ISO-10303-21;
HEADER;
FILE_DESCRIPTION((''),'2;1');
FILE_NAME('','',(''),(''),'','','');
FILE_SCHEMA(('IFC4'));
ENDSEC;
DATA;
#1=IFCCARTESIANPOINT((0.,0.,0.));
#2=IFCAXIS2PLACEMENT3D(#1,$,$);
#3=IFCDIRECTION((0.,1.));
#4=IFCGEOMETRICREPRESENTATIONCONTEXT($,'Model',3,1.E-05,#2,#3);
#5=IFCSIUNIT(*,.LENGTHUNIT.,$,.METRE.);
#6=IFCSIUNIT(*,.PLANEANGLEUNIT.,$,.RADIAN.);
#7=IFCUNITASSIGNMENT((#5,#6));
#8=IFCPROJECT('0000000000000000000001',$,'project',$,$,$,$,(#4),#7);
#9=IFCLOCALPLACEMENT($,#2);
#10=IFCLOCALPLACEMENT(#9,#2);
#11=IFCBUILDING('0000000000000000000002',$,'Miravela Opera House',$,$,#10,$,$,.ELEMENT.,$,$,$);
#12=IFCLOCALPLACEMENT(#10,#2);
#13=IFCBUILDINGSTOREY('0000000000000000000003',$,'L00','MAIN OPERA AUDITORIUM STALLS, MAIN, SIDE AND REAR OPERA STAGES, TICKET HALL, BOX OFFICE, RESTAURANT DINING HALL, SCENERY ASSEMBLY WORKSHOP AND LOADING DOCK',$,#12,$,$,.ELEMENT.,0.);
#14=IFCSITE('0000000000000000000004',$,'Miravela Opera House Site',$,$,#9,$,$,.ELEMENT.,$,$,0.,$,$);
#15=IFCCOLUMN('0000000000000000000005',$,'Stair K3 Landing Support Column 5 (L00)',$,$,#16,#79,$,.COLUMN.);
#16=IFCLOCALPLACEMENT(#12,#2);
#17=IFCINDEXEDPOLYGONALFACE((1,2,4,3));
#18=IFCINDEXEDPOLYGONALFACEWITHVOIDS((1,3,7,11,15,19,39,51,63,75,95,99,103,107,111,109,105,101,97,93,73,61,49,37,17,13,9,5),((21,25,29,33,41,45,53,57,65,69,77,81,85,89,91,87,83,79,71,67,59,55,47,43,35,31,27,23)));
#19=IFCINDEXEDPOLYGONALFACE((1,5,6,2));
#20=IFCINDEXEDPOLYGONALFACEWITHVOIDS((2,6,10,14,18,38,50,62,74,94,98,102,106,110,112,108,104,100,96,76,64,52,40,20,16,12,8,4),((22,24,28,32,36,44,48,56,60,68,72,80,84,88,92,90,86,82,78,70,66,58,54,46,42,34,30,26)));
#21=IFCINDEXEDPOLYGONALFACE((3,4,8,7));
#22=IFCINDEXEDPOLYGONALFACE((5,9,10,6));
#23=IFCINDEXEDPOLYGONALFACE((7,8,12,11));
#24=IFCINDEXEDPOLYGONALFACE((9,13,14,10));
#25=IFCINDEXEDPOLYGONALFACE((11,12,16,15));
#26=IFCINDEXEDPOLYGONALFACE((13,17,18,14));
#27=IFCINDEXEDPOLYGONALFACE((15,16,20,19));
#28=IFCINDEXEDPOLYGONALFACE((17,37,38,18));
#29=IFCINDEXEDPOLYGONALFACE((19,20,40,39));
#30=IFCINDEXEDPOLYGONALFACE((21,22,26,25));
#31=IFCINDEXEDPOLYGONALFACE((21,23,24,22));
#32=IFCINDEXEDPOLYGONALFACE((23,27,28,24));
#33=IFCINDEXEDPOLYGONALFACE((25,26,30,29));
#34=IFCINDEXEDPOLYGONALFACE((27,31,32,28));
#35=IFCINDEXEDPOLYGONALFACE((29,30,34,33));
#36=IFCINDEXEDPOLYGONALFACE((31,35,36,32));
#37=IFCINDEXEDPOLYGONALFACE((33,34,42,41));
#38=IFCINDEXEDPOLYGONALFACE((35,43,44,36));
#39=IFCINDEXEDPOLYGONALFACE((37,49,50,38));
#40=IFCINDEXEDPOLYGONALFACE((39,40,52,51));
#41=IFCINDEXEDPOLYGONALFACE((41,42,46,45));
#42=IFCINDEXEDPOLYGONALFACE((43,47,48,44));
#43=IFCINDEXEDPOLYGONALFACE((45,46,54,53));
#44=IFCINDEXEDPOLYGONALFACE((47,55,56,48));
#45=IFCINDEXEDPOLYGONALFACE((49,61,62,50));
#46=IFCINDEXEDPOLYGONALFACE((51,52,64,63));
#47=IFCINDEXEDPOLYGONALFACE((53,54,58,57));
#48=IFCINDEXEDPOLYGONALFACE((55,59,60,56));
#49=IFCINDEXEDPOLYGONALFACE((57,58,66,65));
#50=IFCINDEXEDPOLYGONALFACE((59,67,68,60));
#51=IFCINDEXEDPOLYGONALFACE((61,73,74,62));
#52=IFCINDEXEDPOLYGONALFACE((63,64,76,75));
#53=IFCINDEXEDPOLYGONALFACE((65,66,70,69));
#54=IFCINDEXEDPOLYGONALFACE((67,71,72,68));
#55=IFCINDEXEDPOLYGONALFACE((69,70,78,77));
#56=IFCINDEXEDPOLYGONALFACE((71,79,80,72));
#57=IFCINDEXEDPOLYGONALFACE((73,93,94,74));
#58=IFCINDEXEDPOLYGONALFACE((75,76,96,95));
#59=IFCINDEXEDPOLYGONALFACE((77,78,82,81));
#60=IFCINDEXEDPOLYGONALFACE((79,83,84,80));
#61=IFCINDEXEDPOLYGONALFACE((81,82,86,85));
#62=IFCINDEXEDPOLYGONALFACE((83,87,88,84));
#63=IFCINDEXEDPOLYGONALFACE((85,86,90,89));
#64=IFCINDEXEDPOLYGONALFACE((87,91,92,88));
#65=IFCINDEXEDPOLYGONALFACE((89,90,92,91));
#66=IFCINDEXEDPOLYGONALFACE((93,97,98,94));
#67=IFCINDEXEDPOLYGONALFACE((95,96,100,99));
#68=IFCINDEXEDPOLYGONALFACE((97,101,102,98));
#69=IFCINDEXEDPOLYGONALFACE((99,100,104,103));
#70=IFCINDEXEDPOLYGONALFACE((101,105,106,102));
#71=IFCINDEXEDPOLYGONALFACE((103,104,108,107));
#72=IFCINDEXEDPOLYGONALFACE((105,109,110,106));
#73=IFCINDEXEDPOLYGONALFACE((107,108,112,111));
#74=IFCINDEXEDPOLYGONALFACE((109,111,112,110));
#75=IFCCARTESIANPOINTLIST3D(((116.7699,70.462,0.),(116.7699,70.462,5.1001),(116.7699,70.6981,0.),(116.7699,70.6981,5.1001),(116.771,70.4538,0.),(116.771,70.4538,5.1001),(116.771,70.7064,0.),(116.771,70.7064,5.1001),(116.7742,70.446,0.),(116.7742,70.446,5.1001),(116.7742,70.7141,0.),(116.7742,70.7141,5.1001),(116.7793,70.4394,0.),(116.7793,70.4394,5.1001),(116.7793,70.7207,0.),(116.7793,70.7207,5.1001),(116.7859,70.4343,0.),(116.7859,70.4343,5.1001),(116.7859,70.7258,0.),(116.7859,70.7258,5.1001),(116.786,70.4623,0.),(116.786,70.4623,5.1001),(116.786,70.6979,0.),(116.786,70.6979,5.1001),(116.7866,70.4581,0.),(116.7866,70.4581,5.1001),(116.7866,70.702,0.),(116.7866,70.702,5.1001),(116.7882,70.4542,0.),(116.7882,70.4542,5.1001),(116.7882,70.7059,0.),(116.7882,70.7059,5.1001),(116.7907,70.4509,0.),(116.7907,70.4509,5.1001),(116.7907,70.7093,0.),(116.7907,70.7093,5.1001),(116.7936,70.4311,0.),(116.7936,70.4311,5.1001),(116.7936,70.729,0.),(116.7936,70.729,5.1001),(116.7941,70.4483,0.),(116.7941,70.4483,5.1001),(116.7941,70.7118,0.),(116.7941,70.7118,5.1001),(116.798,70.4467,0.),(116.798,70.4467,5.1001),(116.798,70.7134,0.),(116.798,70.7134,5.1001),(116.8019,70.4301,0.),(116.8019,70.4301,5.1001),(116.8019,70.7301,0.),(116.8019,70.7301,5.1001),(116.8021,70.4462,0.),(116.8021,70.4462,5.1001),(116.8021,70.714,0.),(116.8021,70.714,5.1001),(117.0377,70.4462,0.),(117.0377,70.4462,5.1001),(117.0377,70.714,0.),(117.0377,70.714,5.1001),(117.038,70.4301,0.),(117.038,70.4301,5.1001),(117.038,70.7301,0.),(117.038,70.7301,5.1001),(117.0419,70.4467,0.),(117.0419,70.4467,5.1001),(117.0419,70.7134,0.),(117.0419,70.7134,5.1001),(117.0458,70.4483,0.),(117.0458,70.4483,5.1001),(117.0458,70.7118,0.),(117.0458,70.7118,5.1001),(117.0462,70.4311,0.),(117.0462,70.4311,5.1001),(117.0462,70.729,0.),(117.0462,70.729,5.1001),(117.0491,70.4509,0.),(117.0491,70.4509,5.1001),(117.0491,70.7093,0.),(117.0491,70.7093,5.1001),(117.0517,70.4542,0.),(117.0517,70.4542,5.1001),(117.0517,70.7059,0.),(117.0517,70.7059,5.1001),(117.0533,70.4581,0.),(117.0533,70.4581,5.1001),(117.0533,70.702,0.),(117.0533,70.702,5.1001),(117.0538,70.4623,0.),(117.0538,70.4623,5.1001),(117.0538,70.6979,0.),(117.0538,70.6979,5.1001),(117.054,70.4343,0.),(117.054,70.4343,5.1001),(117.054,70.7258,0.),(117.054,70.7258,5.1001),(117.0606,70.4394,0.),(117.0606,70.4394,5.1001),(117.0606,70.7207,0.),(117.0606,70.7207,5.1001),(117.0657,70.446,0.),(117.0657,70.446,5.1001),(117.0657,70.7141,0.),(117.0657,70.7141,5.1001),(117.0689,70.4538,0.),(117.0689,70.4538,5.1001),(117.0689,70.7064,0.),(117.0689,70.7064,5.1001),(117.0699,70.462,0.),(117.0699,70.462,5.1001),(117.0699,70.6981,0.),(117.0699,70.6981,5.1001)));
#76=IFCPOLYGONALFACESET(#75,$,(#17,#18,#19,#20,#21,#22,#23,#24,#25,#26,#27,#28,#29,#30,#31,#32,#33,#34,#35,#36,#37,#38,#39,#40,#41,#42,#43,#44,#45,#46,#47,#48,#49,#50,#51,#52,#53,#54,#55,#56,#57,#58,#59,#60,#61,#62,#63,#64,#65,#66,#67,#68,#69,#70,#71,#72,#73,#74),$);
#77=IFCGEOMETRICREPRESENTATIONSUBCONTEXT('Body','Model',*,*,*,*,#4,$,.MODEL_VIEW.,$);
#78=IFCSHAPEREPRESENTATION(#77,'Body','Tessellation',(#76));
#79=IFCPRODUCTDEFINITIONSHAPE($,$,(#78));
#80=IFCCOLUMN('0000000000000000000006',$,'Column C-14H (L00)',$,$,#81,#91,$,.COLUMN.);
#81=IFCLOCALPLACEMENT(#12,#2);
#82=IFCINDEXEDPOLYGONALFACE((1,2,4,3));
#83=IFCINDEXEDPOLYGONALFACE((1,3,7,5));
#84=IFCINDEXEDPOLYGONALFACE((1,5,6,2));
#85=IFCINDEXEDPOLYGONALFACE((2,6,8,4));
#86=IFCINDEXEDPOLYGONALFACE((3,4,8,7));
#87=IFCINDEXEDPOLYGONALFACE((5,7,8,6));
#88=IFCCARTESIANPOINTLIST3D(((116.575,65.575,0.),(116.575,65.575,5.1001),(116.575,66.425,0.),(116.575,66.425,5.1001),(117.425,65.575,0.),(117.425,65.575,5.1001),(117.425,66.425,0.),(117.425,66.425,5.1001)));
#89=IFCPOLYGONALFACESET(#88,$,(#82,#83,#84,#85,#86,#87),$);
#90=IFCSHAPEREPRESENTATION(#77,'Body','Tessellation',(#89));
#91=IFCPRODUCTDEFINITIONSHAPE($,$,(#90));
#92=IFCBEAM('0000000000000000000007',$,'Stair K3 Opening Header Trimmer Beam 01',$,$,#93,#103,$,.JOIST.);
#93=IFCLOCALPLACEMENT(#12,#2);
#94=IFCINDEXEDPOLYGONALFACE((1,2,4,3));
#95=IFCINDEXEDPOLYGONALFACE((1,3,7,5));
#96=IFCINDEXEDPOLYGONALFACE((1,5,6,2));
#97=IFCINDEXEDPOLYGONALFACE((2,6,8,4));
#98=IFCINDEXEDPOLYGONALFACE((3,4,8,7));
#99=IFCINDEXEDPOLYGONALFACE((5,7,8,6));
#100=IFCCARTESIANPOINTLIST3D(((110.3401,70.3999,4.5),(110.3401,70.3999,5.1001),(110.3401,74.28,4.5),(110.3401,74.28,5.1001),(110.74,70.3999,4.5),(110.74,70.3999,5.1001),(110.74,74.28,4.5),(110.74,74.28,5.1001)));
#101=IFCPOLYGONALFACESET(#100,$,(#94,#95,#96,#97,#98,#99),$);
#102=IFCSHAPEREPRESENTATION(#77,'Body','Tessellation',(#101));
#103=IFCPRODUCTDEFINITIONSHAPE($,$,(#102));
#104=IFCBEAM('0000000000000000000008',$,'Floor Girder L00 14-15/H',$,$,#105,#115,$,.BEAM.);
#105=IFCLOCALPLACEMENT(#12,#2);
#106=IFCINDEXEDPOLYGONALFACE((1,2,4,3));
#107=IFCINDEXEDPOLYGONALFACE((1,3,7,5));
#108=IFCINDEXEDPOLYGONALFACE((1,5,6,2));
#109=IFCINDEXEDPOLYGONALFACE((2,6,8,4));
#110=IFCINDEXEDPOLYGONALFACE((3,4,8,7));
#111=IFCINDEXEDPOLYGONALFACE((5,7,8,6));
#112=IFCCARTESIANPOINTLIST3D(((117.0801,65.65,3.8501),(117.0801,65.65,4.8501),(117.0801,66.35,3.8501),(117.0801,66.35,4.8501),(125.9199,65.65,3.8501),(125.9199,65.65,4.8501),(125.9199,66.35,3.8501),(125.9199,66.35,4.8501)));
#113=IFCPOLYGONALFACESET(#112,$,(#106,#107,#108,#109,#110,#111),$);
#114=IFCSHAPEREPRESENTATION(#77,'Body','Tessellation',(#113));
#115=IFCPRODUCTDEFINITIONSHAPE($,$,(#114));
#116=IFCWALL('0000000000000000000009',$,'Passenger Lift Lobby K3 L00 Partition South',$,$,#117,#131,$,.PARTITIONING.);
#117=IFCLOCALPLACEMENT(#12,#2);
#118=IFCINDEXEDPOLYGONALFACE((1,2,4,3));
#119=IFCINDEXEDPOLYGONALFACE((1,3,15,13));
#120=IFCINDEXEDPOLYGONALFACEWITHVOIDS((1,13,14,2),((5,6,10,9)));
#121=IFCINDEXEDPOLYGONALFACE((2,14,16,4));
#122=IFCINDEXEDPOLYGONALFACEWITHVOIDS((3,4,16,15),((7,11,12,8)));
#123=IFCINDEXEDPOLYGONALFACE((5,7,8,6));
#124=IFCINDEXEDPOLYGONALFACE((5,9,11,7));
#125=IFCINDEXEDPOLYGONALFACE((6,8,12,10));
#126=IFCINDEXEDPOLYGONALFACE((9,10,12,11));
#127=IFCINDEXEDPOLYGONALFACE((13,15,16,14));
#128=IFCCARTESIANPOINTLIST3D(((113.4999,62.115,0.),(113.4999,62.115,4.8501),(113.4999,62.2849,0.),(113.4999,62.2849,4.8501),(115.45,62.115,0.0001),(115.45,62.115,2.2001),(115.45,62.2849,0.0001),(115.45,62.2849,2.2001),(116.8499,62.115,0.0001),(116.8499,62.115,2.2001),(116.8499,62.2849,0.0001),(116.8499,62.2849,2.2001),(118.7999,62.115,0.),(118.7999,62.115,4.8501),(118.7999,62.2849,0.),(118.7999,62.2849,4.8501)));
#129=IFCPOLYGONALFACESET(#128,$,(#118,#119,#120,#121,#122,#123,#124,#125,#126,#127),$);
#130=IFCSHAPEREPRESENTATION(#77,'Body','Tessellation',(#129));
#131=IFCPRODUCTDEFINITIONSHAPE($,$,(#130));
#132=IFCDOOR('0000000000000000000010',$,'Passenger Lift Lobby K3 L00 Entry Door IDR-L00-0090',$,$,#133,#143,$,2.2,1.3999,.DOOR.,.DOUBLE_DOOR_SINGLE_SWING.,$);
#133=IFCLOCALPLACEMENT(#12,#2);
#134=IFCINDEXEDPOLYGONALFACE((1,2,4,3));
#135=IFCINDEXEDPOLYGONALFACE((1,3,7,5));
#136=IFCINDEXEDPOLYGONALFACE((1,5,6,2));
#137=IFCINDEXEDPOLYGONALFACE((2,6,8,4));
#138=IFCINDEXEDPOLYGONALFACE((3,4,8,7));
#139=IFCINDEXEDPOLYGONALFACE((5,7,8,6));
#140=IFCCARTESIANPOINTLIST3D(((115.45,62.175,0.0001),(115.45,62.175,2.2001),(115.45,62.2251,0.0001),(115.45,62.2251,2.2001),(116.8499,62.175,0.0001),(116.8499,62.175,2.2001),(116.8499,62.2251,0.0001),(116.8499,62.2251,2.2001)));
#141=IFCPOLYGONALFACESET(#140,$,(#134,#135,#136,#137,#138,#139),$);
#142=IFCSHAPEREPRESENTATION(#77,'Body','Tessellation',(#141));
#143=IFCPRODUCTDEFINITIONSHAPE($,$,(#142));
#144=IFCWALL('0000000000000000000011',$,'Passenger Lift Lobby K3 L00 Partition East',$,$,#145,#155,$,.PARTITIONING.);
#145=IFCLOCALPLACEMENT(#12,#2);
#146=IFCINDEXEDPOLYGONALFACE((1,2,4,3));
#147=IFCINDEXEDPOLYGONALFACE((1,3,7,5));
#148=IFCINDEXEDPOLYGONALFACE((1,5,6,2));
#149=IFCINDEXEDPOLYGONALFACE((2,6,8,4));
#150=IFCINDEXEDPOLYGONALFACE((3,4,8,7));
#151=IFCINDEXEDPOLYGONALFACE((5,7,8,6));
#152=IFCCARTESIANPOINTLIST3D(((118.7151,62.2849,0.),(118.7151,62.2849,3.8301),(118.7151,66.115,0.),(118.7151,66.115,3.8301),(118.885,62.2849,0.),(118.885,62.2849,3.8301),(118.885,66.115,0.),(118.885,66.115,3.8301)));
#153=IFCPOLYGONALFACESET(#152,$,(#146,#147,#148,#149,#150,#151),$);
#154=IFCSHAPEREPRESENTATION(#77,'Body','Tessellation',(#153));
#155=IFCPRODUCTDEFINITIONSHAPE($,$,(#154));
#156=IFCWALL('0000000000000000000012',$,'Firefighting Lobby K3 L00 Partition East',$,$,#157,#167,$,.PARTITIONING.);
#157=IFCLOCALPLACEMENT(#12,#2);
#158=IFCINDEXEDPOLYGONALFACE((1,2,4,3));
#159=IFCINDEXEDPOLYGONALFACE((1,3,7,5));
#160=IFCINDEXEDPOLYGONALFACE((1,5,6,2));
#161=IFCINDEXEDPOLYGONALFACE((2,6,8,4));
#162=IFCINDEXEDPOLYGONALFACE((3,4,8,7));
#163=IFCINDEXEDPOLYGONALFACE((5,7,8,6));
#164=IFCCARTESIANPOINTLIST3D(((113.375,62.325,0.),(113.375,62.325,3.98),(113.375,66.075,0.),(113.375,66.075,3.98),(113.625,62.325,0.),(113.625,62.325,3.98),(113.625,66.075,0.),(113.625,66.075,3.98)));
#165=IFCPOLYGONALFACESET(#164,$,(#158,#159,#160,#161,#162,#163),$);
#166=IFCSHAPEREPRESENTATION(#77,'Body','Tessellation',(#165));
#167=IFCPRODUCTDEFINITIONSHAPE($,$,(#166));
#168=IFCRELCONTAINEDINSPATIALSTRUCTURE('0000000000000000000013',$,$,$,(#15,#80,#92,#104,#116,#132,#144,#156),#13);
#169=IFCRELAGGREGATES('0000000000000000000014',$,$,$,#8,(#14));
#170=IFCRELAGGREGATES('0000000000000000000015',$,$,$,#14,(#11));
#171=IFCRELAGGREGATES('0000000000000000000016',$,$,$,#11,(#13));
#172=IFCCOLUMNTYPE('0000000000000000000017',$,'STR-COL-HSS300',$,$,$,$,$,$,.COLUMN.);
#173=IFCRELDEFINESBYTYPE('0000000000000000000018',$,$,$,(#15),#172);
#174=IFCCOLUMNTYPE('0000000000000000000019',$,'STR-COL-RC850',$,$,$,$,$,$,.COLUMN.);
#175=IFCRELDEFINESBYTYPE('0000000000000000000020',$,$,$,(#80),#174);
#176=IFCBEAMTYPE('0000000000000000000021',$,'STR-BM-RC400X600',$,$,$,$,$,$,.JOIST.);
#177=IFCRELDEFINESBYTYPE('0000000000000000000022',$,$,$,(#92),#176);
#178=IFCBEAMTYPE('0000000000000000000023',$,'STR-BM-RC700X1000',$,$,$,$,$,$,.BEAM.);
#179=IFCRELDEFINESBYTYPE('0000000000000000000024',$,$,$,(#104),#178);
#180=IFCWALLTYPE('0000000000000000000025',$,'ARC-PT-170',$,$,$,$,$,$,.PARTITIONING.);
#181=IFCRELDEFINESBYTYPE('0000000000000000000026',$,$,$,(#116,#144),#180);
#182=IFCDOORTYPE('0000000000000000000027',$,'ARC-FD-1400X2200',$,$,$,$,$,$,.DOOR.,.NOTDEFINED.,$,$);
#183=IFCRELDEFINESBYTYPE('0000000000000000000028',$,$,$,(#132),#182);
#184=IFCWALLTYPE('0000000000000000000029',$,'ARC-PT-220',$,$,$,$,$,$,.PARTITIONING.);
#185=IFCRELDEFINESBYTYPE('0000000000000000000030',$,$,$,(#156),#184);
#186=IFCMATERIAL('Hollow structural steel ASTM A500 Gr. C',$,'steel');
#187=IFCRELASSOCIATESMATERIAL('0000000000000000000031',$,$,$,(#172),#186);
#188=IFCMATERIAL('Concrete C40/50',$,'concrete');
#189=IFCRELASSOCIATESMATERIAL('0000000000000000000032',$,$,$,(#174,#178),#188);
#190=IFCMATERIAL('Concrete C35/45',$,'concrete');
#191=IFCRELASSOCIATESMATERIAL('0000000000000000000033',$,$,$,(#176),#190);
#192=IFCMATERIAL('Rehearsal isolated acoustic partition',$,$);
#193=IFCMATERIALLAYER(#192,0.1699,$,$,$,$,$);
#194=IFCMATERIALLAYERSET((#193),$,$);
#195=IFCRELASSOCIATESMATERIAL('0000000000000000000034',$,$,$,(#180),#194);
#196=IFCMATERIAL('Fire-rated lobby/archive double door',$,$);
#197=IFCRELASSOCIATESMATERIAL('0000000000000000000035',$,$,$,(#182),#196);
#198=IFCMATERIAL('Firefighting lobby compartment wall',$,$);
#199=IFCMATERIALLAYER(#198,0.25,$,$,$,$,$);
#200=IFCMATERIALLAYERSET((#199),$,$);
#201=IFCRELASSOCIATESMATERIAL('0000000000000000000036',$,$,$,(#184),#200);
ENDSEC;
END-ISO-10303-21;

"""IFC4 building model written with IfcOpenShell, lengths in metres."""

from ifc_helpers import new_model, si_unit, direction, frame, frame_2d, origin, origin_2d, place, context, subcontext, project, spatial, rectangle, hollow_rectangle, extrude, material, layer, layer_set, material_profile, profile_set, type_object, element, fill, save


model = new_model("IFC4")

# Units and contexts
model_context = context("Model", 3, precision=1e-05, world=origin(), true_north=direction((0.0, 1.0)))
body_context = subcontext(model_context, "Body", "Model", "MODEL_VIEW")
ifc_project = project(units=[si_unit("LENGTHUNIT", "METRE"), si_unit("PLANEANGLEUNIT", "RADIAN")], contexts=[model_context])

# Site, building, storey
site_placement = place(None, origin())
site = spatial("IfcSite", under=ifc_project, at=site_placement, Name="Miravela Opera House Site", CompositionType="ELEMENT", RefElevation=0.0)
building_placement = place(site_placement, origin())
building = spatial("IfcBuilding", under=site, at=building_placement, Name="Miravela Opera House", CompositionType="ELEMENT")
storey_placement = place(building_placement, origin())
storey = spatial("IfcBuildingStorey", under=building, at=storey_placement, Name="L00", Description="MAIN OPERA AUDITORIUM STALLS, MAIN, SIDE AND REAR OPERA STAGES, TICKET HALL, BOX OFFICE, RESTAURANT DINING HALL, SCENERY ASSEMBLY WORKSHOP AND LOADING DOCK", CompositionType="ELEMENT", Elevation=0.0)

# Columns
ifc_material_1 = material(Name="Hollow structural steel ASTM A500 Gr. C", Category="steel")
ifc_material_profile_1 = material_profile(ifc_material_1, hollow_rectangle(XDim=0.3, YDim=0.3, WallThickness=0.0161, InnerFilletRadius=0.0161, OuterFilletRadius=0.032, at=origin_2d()), Name="HSS300X300X16")
ifc_profile_set_1 = profile_set([ifc_material_profile_1])
column_type_1 = type_object("IfcColumnType", Name="STR-COL-HSS300", PredefinedType="COLUMN", material=ifc_profile_set_1)
for number, where, z_axis, x_axis, name in (
    (1, (116.9199, 70.5801, 0.0), (0.0, 0.0, 1.0), (1.0, 0.0, 0.0), "Stair K3 Landing Support Column 5 (L00)"),
):
    element("IfcColumn", number, at=place(storey_placement, frame(where, z_axis=z_axis, x_axis=x_axis)), inside=storey, type_object=column_type_1, Name=name, PredefinedType="COLUMN", context=body_context, shape_type="SweptSolid", body=[
        extrude(hollow_rectangle(XDim=0.3, YDim=0.3, WallThickness=0.0161, InnerFilletRadius=0.0161, OuterFilletRadius=0.032, at=origin_2d()), origin(), (0.0, 0.0, 1.0), 5.1001),
    ])
ifc_material_2 = material(Name="Concrete C40/50", Category="concrete")
ifc_material_profile_2 = material_profile(ifc_material_2, rectangle(XDim=0.8501, YDim=0.8501, at=origin_2d()), Name="RC-COL-850X850")
ifc_profile_set_2 = profile_set([ifc_material_profile_2])
column_type_2 = type_object("IfcColumnType", Name="STR-COL-RC850", PredefinedType="COLUMN", material=ifc_profile_set_2)
column_placement = place(storey_placement, frame((117.0, 66.0, 0.0), z_axis=(0.0, 0.0, 1.0), x_axis=(1.0, 0.0, 0.0)))
element("IfcColumn", 2, at=column_placement, inside=storey, type_object=column_type_2, Name="Column C-14H (L00)", PredefinedType="COLUMN", context=body_context, shape_type="SweptSolid", body=[
    extrude(rectangle(XDim=0.8501, YDim=0.8501, at=origin_2d()), origin(), (0.0, 0.0, 1.0), 5.1001),
])

# Beams
ifc_material_3 = material(Name="Concrete C35/45", Category="concrete")
ifc_material_profile_3 = material_profile(ifc_material_3, rectangle(XDim=0.3999, YDim=0.6001, at=origin_2d()), Name="RC-BM-400X600")
ifc_profile_set_3 = profile_set([ifc_material_profile_3])
beam_type_1 = type_object("IfcBeamType", Name="STR-BM-RC400X600", PredefinedType="JOIST", material=ifc_profile_set_3)
beam_1_placement = place(storey_placement, frame((110.54, 70.3999, 4.8), z_axis=(0.0, 1.0, 0.0), x_axis=(-1.0, 0.0, 0.0)))
element("IfcBeam", 3, at=beam_1_placement, inside=storey, type_object=beam_type_1, Name="Stair K3 Opening Header Trimmer Beam 01", PredefinedType="JOIST", context=body_context, shape_type="SweptSolid", body=[
    extrude(rectangle(XDim=0.3999, YDim=0.6001, at=origin_2d()), origin(), (0.0, 0.0, 1.0), 3.8801),
])
ifc_material_profile_4 = material_profile(ifc_material_2, rectangle(XDim=0.7, YDim=1.0, at=origin_2d()), Name="RC-BM-700X1000")
ifc_profile_set_4 = profile_set([ifc_material_profile_4])
beam_type_2 = type_object("IfcBeamType", Name="STR-BM-RC700X1000", PredefinedType="BEAM", material=ifc_profile_set_4)
beam_2_placement = place(storey_placement, frame((117.0801, 66.0, 4.3501), z_axis=(1.0, 0.0, 0.0), x_axis=(0.0, 1.0, 0.0)))
element("IfcBeam", 4, at=beam_2_placement, inside=storey, type_object=beam_type_2, Name="Floor Girder L00 14-15/H", PredefinedType="BEAM", context=body_context, shape_type="SweptSolid", body=[
    extrude(rectangle(XDim=0.7, YDim=1.0, at=origin_2d()), origin(), (0.0, 0.0, 1.0), 8.8398),
])

# Wall, opening, door
ifc_material_4 = material(Name="Rehearsal isolated acoustic partition")
ifc_layer_1 = layer(ifc_material_4, 0.1699)
ifc_layer_set_1 = layer_set([ifc_layer_1])
wall_type_1 = type_object("IfcWallType", Name="ARC-PT-170", PredefinedType="PARTITIONING", material=ifc_layer_set_1)
wall_1_placement = place(storey_placement, frame((113.5, 62.2, 0.0), z_axis=(0.0, 0.0, 1.0), x_axis=(1.0, 0.0, 0.0)))
wall_1 = element("IfcWall", 5, at=wall_1_placement, inside=storey, type_object=wall_type_1, Name="Passenger Lift Lobby K3 L00 Partition South", PredefinedType="PARTITIONING", context=body_context, shape_type="SweptSolid", body=[
    extrude(rectangle(XDim=5.3, YDim=0.1699, at=frame_2d((2.6499, 0.0))), origin(), (0.0, 0.0, 1.0), 4.8501),
])
opening_1_placement = place(wall_1_placement, frame((1.95, 0.0, 0.0)))
opening_1 = element("IfcOpeningElement", 6, at=opening_1_placement, cuts=wall_1, PredefinedType="OPENING", context=body_context, shape_type="SweptSolid", body=[
    extrude(rectangle(XDim=1.3999, YDim=2.2, at=frame_2d((0.7, 1.1001))), frame((0.0, 0.095, 0.0), z_axis=(0.0, -1.0, 0.0), x_axis=(1.0, 0.0, 0.0)), (0.0, 0.0, 1.0), 0.1899),
])
ifc_material_5 = material(Name="Fire-rated lobby/archive double door")
door_type_1 = type_object("IfcDoorType", Name="ARC-FD-1400X2200", OperationType="NOTDEFINED", PredefinedType="DOOR", material=ifc_material_5)
door_1_placement = place(opening_1_placement, frame((1.3999, 0.0, 0.0), z_axis=(0.0, 0.0, 1.0), x_axis=(-1.0, 0.0, 0.0)))
door_1 = element("IfcDoor", 7, at=door_1_placement, inside=storey, type_object=door_type_1, Name="Passenger Lift Lobby K3 L00 Entry Door IDR-L00-0090", OperationType="DOUBLE_DOOR_SINGLE_SWING", OverallHeight=2.2, OverallWidth=1.3999, PredefinedType="DOOR", context=body_context, shape_type="SweptSolid", body=[
    extrude(rectangle(XDim=1.3999, YDim=2.2, at=frame_2d((0.7, 1.1001))), frame((0.0, 0.0249, 0.0), z_axis=(0.0, -1.0, 0.0), x_axis=(1.0, 0.0, 0.0)), (0.0, 0.0, 1.0), 0.05),
])
fill(opening_1, door_1)

# Walls
wall_2_placement = place(storey_placement, frame((118.8, 62.2849, 0.0), z_axis=(0.0, 0.0, 1.0), x_axis=(0.0, 1.0, 0.0)))
element("IfcWall", 8, at=wall_2_placement, inside=storey, type_object=wall_type_1, Name="Passenger Lift Lobby K3 L00 Partition East", PredefinedType="PARTITIONING", context=body_context, shape_type="SweptSolid", body=[
    extrude(rectangle(XDim=3.8301, YDim=0.1699, at=frame_2d((1.915, 0.0))), origin(), (0.0, 0.0, 1.0), 3.8301),
])
ifc_material_6 = material(Name="Firefighting lobby compartment wall")
ifc_layer_2 = layer(ifc_material_6, 0.25)
ifc_layer_set_2 = layer_set([ifc_layer_2])
wall_type_2 = type_object("IfcWallType", Name="ARC-PT-220", PredefinedType="PARTITIONING", material=ifc_layer_set_2)
wall_3_placement = place(storey_placement, frame((113.5, 62.325, 0.0), z_axis=(0.0, 0.0, 1.0), x_axis=(0.0, 1.0, 0.0)))
element("IfcWall", 9, at=wall_3_placement, inside=storey, type_object=wall_type_2, Name="Firefighting Lobby K3 L00 Partition East", PredefinedType="PARTITIONING", context=body_context, shape_type="SweptSolid", body=[
    extrude(rectangle(XDim=3.75, YDim=0.25, at=frame_2d((1.875, 0.0))), origin(), (0.0, 0.0, 1.0), 3.98),
])

save(model, "model.ifc")
